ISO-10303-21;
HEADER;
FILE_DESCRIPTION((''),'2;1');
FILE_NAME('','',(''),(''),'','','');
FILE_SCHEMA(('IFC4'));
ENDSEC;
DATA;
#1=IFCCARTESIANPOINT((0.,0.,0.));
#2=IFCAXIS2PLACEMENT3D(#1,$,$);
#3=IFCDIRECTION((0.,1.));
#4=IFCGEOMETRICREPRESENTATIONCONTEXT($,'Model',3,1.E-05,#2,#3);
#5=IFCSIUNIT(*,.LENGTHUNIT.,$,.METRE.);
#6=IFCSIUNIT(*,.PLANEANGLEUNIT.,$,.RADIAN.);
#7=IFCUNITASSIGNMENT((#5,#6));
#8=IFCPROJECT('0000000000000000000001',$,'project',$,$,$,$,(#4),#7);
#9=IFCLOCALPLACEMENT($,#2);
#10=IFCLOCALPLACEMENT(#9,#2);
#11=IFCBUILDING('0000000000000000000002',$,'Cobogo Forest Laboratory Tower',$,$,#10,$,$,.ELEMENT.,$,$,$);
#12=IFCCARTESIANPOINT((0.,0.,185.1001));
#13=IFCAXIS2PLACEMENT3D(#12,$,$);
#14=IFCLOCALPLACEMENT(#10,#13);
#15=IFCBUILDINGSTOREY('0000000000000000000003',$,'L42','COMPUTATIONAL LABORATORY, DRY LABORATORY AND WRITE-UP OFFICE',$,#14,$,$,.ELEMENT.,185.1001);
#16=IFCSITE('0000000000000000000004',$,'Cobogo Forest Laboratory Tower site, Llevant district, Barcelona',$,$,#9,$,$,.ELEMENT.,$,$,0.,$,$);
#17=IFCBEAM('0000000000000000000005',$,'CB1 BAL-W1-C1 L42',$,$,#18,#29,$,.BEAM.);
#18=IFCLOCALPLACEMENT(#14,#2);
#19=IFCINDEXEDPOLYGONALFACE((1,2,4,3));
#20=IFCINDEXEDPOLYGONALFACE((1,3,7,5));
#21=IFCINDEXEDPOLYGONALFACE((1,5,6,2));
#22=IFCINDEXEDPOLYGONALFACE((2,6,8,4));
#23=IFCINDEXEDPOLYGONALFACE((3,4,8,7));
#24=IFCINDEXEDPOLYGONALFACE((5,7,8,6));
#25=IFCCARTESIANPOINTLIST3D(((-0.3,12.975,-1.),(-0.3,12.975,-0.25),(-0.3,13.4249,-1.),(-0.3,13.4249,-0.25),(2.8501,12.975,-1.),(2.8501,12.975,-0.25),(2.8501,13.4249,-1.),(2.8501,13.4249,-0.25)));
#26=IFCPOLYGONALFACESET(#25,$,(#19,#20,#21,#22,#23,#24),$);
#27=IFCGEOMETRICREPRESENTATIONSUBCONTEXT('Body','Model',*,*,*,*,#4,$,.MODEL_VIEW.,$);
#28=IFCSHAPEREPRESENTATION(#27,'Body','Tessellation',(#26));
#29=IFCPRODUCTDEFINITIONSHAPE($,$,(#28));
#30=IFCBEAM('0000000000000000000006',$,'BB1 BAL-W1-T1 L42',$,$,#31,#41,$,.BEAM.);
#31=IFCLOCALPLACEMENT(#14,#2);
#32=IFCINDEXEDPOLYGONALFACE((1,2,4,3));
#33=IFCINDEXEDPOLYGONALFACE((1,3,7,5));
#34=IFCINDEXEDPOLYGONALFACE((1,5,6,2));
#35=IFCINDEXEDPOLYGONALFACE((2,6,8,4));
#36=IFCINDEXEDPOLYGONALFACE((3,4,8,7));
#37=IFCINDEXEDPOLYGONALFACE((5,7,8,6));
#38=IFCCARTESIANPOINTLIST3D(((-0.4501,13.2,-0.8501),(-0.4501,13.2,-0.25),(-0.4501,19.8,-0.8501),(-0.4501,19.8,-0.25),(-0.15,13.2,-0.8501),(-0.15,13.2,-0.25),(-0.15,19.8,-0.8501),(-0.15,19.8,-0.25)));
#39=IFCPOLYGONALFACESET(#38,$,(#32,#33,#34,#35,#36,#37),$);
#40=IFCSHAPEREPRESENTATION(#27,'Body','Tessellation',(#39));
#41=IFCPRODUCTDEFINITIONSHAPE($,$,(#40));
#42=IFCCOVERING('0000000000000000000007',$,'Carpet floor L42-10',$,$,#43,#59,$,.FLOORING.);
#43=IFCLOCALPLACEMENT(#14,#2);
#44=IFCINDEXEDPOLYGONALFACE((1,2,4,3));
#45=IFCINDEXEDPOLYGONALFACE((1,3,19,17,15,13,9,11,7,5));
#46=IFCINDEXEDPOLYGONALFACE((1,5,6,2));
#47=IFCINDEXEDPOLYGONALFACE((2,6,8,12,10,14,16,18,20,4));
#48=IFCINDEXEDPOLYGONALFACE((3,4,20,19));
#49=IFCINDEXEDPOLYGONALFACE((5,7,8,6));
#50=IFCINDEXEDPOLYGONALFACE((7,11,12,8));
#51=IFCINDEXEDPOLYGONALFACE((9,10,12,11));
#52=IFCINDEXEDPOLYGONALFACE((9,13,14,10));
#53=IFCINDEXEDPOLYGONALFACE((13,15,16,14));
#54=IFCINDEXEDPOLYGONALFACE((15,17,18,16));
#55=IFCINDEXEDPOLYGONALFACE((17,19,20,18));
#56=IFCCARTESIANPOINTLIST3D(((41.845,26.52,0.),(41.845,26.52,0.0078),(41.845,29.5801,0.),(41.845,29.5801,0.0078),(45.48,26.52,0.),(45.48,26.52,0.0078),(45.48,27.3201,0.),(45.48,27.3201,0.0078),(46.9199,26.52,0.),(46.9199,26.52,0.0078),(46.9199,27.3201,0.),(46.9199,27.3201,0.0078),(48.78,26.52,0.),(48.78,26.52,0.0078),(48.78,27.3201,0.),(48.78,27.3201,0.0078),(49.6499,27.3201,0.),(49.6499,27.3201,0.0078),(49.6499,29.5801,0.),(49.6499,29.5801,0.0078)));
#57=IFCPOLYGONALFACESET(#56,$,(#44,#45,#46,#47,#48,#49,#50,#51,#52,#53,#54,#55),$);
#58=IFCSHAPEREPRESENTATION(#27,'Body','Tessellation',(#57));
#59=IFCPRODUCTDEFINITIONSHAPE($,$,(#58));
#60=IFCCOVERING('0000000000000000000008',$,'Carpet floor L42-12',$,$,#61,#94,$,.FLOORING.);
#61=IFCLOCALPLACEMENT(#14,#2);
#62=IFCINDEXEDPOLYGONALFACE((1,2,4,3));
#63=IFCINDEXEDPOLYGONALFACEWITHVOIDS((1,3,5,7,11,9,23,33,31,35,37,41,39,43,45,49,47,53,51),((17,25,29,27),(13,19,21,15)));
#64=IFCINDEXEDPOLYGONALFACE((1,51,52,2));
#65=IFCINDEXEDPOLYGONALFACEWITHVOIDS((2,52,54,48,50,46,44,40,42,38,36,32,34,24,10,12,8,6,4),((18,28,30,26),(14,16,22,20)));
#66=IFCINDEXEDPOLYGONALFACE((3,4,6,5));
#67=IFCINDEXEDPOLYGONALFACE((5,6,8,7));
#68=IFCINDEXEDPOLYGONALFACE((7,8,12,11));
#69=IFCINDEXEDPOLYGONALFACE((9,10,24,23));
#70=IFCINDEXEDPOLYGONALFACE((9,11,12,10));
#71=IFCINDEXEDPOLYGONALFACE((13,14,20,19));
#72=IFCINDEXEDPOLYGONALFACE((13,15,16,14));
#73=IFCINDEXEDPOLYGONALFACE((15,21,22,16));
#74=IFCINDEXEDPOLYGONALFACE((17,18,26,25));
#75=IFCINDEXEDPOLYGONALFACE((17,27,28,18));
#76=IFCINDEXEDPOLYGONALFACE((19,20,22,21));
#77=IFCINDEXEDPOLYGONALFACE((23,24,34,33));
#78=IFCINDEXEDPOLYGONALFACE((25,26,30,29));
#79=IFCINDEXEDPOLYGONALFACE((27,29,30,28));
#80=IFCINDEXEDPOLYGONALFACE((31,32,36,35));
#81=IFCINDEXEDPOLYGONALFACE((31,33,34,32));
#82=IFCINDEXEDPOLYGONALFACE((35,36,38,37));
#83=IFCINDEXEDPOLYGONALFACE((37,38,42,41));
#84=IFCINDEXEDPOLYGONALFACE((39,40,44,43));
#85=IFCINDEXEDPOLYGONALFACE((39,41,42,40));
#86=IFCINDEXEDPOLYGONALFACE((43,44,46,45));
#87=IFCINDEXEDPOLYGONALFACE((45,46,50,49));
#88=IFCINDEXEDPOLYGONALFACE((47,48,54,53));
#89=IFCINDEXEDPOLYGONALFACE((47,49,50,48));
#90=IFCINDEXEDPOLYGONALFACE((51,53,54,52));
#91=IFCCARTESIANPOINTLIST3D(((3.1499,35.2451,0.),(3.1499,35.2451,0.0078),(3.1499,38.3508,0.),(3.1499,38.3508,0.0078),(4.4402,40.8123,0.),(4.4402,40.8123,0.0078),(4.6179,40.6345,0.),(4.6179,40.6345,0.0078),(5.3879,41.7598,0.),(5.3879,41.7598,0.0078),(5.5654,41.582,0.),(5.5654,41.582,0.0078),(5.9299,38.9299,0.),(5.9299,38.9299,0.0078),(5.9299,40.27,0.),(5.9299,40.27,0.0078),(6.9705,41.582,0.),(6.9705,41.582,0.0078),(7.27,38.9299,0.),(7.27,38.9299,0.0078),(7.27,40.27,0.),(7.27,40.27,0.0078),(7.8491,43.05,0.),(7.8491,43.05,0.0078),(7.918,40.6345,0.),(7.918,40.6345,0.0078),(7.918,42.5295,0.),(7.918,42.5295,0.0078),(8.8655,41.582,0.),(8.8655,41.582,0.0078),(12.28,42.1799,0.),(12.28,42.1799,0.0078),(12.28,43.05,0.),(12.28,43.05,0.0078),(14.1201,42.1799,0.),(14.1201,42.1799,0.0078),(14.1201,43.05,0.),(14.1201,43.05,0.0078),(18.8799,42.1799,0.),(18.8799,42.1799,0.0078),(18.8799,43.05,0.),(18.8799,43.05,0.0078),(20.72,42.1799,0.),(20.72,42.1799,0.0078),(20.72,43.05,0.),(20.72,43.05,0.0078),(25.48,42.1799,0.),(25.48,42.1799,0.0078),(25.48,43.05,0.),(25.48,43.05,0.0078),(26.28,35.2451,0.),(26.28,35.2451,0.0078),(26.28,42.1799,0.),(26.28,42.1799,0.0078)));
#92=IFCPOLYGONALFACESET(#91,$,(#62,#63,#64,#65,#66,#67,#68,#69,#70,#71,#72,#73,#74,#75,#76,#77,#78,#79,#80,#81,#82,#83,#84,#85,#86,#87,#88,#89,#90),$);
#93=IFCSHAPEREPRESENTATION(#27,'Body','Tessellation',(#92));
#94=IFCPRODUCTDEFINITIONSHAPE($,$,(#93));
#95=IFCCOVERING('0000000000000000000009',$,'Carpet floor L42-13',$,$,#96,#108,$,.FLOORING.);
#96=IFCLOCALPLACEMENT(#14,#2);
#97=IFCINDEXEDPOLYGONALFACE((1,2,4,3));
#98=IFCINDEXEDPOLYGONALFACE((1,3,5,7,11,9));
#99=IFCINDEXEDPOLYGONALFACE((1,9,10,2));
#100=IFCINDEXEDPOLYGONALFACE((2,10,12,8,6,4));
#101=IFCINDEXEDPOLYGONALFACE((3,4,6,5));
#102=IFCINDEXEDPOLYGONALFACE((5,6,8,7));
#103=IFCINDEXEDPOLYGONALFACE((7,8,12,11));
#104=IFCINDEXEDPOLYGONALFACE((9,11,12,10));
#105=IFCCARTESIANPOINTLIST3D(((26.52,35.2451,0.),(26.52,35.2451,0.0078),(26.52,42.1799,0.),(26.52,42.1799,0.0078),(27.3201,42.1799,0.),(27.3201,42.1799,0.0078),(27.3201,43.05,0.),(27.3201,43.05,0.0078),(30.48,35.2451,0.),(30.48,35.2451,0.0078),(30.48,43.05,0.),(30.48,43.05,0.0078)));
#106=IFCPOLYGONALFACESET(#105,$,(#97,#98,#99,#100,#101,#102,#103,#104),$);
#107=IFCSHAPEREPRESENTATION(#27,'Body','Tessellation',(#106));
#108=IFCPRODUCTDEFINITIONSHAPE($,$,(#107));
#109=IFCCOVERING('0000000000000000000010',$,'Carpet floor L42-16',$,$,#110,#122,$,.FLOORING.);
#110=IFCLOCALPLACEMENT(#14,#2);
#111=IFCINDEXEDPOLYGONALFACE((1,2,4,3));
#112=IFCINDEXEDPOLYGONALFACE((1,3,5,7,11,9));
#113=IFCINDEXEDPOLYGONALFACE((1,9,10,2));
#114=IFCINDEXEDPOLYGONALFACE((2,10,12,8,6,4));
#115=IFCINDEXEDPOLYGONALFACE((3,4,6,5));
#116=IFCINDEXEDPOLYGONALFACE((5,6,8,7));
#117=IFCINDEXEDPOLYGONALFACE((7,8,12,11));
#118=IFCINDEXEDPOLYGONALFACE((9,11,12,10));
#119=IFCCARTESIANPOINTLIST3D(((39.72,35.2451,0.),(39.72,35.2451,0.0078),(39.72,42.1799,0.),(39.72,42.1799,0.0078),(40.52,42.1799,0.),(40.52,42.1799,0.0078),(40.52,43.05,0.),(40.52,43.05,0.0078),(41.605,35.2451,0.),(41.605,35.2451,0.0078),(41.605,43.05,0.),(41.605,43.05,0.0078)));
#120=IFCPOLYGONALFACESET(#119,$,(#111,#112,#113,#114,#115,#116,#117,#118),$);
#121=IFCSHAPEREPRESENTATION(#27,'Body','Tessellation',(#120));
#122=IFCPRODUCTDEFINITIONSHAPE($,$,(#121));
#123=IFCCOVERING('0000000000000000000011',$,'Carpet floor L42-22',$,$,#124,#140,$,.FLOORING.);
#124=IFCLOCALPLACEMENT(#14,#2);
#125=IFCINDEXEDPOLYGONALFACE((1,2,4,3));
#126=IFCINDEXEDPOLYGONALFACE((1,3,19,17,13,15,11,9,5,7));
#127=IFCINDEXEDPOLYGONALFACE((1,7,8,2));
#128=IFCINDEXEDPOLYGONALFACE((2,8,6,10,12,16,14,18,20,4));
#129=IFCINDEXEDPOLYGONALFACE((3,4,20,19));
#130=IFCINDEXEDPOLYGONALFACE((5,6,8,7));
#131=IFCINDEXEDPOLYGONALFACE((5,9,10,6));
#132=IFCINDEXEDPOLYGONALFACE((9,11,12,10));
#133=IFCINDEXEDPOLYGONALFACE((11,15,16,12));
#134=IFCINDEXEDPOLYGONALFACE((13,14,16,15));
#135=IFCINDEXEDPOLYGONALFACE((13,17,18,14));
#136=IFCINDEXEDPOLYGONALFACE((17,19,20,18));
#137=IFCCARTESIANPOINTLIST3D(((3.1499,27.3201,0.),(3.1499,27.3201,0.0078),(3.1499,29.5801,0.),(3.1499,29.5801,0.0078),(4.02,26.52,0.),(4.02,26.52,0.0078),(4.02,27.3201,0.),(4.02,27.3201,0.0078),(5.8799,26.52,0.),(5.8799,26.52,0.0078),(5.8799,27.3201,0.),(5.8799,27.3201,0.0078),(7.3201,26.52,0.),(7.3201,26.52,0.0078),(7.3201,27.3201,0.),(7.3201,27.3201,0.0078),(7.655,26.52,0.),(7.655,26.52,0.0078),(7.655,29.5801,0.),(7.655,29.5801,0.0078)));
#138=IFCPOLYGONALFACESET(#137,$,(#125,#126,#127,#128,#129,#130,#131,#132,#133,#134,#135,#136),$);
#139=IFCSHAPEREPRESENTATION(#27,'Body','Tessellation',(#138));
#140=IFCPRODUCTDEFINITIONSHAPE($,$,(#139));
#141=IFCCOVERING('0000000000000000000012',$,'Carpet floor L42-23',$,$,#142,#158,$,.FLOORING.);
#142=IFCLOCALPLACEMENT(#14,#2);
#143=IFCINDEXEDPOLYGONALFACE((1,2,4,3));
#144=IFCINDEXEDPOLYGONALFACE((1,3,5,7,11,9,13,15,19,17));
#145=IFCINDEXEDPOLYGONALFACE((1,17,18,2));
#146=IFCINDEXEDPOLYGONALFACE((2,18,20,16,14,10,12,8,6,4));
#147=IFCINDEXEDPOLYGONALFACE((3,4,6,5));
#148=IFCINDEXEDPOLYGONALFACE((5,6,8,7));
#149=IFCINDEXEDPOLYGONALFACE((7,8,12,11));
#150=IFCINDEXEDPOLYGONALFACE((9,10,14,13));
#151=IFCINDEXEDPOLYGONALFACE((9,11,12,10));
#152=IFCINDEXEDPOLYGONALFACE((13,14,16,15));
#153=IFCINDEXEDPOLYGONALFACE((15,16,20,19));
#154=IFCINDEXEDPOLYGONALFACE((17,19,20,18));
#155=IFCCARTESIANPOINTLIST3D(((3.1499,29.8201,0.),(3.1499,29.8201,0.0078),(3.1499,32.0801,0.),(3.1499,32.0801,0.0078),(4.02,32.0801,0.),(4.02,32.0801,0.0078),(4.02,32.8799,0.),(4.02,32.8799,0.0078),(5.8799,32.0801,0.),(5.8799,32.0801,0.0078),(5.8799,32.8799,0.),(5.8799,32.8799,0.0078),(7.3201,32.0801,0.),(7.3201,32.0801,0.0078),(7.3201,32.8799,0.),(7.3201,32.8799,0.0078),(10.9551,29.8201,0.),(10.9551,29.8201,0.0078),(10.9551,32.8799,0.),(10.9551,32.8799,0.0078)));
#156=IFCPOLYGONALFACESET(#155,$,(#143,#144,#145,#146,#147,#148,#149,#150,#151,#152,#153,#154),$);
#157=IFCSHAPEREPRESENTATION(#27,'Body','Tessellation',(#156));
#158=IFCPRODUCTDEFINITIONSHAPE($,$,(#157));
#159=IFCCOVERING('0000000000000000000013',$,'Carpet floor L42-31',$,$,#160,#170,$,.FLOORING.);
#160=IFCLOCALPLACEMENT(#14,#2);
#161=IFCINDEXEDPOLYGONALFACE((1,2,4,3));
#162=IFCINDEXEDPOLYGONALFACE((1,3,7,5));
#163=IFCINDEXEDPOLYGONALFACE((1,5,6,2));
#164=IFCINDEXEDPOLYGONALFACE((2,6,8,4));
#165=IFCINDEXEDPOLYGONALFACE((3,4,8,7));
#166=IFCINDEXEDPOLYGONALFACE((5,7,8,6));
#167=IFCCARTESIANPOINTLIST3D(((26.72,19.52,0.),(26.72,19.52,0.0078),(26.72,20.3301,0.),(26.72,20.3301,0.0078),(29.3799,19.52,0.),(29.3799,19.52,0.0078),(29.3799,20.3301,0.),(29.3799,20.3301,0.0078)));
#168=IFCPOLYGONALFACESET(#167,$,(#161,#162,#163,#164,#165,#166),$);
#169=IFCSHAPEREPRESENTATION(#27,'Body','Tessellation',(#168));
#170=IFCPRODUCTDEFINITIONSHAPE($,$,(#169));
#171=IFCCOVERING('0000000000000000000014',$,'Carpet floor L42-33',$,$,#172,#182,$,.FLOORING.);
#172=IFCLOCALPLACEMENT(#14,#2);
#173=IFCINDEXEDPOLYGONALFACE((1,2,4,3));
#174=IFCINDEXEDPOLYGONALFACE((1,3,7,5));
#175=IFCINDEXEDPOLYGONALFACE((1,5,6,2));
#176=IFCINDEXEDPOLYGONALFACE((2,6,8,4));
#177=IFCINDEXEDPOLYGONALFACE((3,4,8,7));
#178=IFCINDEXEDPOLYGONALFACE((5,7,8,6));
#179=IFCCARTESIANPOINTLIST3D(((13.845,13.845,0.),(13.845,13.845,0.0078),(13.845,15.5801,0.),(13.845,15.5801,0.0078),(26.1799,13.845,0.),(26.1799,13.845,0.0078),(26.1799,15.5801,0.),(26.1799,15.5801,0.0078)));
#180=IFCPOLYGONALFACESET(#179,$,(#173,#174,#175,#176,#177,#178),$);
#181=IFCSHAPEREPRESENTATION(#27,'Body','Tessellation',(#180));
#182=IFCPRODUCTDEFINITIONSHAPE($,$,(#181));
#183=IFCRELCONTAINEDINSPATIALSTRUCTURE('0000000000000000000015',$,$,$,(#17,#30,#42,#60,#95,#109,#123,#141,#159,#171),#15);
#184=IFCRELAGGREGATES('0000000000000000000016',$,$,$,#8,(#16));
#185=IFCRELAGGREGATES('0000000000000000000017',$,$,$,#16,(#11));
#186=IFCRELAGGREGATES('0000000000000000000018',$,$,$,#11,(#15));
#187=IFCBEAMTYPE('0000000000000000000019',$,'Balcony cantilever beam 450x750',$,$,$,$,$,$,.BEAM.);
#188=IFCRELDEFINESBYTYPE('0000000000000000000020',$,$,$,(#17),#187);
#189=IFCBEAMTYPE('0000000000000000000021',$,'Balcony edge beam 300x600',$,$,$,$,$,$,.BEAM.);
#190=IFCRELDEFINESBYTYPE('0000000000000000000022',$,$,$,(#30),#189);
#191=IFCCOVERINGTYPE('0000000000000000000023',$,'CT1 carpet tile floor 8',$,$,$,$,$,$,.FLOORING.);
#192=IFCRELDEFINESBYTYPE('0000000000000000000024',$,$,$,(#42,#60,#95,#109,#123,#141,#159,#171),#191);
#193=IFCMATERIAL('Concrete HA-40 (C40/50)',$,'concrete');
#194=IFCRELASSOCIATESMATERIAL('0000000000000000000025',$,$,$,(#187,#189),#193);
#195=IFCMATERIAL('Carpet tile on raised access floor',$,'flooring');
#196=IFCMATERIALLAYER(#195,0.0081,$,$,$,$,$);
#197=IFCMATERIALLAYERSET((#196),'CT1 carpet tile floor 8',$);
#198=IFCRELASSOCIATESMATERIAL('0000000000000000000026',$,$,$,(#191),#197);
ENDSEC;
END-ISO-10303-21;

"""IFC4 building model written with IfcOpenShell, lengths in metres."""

from ifc_helpers import new_model, si_unit, direction, frame, origin, origin_2d, place, context, subcontext, project, spatial, polyline, rectangle, outline, extrude, material, layer, layer_set, material_profile, profile_set, type_object, element, save


model = new_model("IFC4")

# Units and contexts
model_context = context("Model", 3, precision=1e-05, world=origin(), true_north=direction((0.0, 1.0)))
body_context = subcontext(model_context, "Body", "Model", "MODEL_VIEW")
ifc_project = project(units=[si_unit("LENGTHUNIT", "METRE"), si_unit("PLANEANGLEUNIT", "RADIAN")], contexts=[model_context])

# Site, building, storey
site_placement = place(None, origin())
site = spatial("IfcSite", under=ifc_project, at=site_placement, Name="Cobogo Forest Laboratory Tower site, Llevant district, Barcelona", CompositionType="ELEMENT", RefElevation=0.0)
building_placement = place(site_placement, origin())
building = spatial("IfcBuilding", under=site, at=building_placement, Name="Cobogo Forest Laboratory Tower", CompositionType="ELEMENT")
storey_placement = place(building_placement, frame((0.0, 0.0, 185.1001)))
storey = spatial("IfcBuildingStorey", under=building, at=storey_placement, Name="L42", Description="COMPUTATIONAL LABORATORY, DRY LABORATORY AND WRITE-UP OFFICE", CompositionType="ELEMENT", Elevation=185.1001)

# Beams
ifc_material_1 = material(Name="Concrete HA-40 (C40/50)", Category="concrete")
ifc_material_profile_1 = material_profile(ifc_material_1, rectangle(XDim=0.45, YDim=0.75, at=origin_2d()), Name="RC 450x750")
ifc_profile_set_1 = profile_set([ifc_material_profile_1], Name="Concrete HA-40 (C40/50)")
beam_type_1 = type_object("IfcBeamType", Name="Balcony cantilever beam 450x750", PredefinedType="BEAM", material=ifc_profile_set_1)
beam_1_placement = place(storey_placement, frame((2.8501, 13.2, -0.625), z_axis=(-1.0, 0.0, 0.0), x_axis=(0.0, -1.0, 0.0)))
element("IfcBeam", 1, at=beam_1_placement, inside=storey, type_object=beam_type_1, Name="CB1 BAL-W1-C1 L42", PredefinedType="BEAM", context=body_context, shape_type="SweptSolid", body=[
    extrude(rectangle(XDim=0.45, YDim=0.75, at=origin_2d()), origin(), (0.0, 0.0, 1.0), 3.1501),
])
ifc_material_profile_2 = material_profile(ifc_material_1, rectangle(XDim=0.3, YDim=0.6001, at=origin_2d()), Name="RC 300x600")
ifc_profile_set_2 = profile_set([ifc_material_profile_2], Name="Concrete HA-40 (C40/50)")
beam_type_2 = type_object("IfcBeamType", Name="Balcony edge beam 300x600", PredefinedType="BEAM", material=ifc_profile_set_2)
beam_2_placement = place(storey_placement, frame((-0.3, 13.2, -0.55), z_axis=(0.0, 1.0, 0.0), x_axis=(-1.0, 0.0, 0.0)))
element("IfcBeam", 2, at=beam_2_placement, inside=storey, type_object=beam_type_2, Name="BB1 BAL-W1-T1 L42", PredefinedType="BEAM", context=body_context, shape_type="SweptSolid", body=[
    extrude(rectangle(XDim=0.3, YDim=0.6001, at=origin_2d()), origin(), (0.0, 0.0, 1.0), 6.6001),
])

# Coverings
ifc_material_2 = material(Name="Carpet tile on raised access floor", Category="flooring")
ifc_layer_1 = layer(ifc_material_2, 0.0081)
ifc_layer_set_1 = layer_set([ifc_layer_1], Name="CT1 carpet tile floor 8")
covering_type_1 = type_object("IfcCoveringType", Name="CT1 carpet tile floor 8", PredefinedType="FLOORING", material=ifc_layer_set_1)
covering_1_placement = place(storey_placement, origin())
element("IfcCovering", 3, at=covering_1_placement, inside=storey, type_object=covering_type_1, Name="Carpet floor L42-10", PredefinedType="FLOORING", context=body_context, shape_type="SweptSolid", body=[
    extrude(outline(polyline([(41.845, 29.5801), (49.6499, 29.5801), (49.6499, 27.3201), (48.78, 27.3201), (48.78, 26.52), (46.9199, 26.52), (46.9199, 27.3201), (45.48, 27.3201), (45.48, 26.52), (41.845, 26.52), (41.845, 29.5801)])), origin(), (0.0, 0.0, 1.0), 0.0078),
])
covering_2_placement = place(storey_placement, origin())
element("IfcCovering", 4, at=covering_2_placement, inside=storey, type_object=covering_type_1, Name="Carpet floor L42-12", PredefinedType="FLOORING", context=body_context, shape_type="SweptSolid", body=[
    extrude(outline(polyline([(3.1499, 35.2451), (3.1499, 38.3508), (4.4402, 40.8123), (4.6179, 40.6345), (5.5654, 41.582), (5.3879, 41.7598), (7.8491, 43.05), (12.28, 43.05), (12.28, 42.1799), (14.1201, 42.1799), (14.1201, 43.05), (18.8799, 43.05), (18.8799, 42.1799), (20.72, 42.1799), (20.72, 43.05), (25.48, 43.05), (25.48, 42.1799), (26.28, 42.1799), (26.28, 35.2451), (3.1499, 35.2451)]), holes=[polyline([(7.918, 40.6345), (8.8655, 41.582), (7.918, 42.5295), (6.9705, 41.582), (7.918, 40.6345)]), polyline([(5.9299, 38.9299), (7.27, 38.9299), (7.27, 40.27), (5.9299, 40.27), (5.9299, 38.9299)])]), origin(), (0.0, 0.0, 1.0), 0.0078),
])
covering_3_placement = place(storey_placement, origin())
element("IfcCovering", 5, at=covering_3_placement, inside=storey, type_object=covering_type_1, Name="Carpet floor L42-13", PredefinedType="FLOORING", context=body_context, shape_type="SweptSolid", body=[
    extrude(outline(polyline([(26.52, 35.2451), (26.52, 42.1799), (27.3201, 42.1799), (27.3201, 43.05), (30.48, 43.05), (30.48, 35.2451), (26.52, 35.2451)])), origin(), (0.0, 0.0, 1.0), 0.0078),
])
covering_4_placement = place(storey_placement, origin())
element("IfcCovering", 6, at=covering_4_placement, inside=storey, type_object=covering_type_1, Name="Carpet floor L42-16", PredefinedType="FLOORING", context=body_context, shape_type="SweptSolid", body=[
    extrude(outline(polyline([(39.72, 35.2451), (39.72, 42.1799), (40.52, 42.1799), (40.52, 43.05), (41.605, 43.05), (41.605, 35.2451), (39.72, 35.2451)])), origin(), (0.0, 0.0, 1.0), 0.0078),
])
covering_5_placement = place(storey_placement, origin())
element("IfcCovering", 7, at=covering_5_placement, inside=storey, type_object=covering_type_1, Name="Carpet floor L42-22", PredefinedType="FLOORING", context=body_context, shape_type="SweptSolid", body=[
    extrude(outline(polyline([(7.655, 26.52), (7.3201, 26.52), (7.3201, 27.3201), (5.8799, 27.3201), (5.8799, 26.52), (4.02, 26.52), (4.02, 27.3201), (3.1499, 27.3201), (3.1499, 29.5801), (7.655, 29.5801), (7.655, 26.52)])), origin(), (0.0, 0.0, 1.0), 0.0078),
])
covering_6_placement = place(storey_placement, origin())
element("IfcCovering", 8, at=covering_6_placement, inside=storey, type_object=covering_type_1, Name="Carpet floor L42-23", PredefinedType="FLOORING", context=body_context, shape_type="SweptSolid", body=[
    extrude(outline(polyline([(10.9551, 29.8201), (3.1499, 29.8201), (3.1499, 32.0801), (4.02, 32.0801), (4.02, 32.8799), (5.8799, 32.8799), (5.8799, 32.0801), (7.3201, 32.0801), (7.3201, 32.8799), (10.9551, 32.8799), (10.9551, 29.8201)])), origin(), (0.0, 0.0, 1.0), 0.0078),
])
covering_7_placement = place(storey_placement, origin())
element("IfcCovering", 9, at=covering_7_placement, inside=storey, type_object=covering_type_1, Name="Carpet floor L42-31", PredefinedType="FLOORING", context=body_context, shape_type="SweptSolid", body=[
    extrude(outline(polyline([(29.3799, 19.52), (26.72, 19.52), (26.72, 20.3301), (29.3799, 20.3301), (29.3799, 19.52)])), origin(), (0.0, 0.0, 1.0), 0.0078),
])
covering_8_placement = place(storey_placement, origin())
element("IfcCovering", 10, at=covering_8_placement, inside=storey, type_object=covering_type_1, Name="Carpet floor L42-33", PredefinedType="FLOORING", context=body_context, shape_type="SweptSolid", body=[
    extrude(outline(polyline([(26.1799, 13.845), (13.845, 13.845), (13.845, 15.5801), (26.1799, 15.5801), (26.1799, 13.845)])), origin(), (0.0, 0.0, 1.0), 0.0078),
])

save(model, "model.ifc")
